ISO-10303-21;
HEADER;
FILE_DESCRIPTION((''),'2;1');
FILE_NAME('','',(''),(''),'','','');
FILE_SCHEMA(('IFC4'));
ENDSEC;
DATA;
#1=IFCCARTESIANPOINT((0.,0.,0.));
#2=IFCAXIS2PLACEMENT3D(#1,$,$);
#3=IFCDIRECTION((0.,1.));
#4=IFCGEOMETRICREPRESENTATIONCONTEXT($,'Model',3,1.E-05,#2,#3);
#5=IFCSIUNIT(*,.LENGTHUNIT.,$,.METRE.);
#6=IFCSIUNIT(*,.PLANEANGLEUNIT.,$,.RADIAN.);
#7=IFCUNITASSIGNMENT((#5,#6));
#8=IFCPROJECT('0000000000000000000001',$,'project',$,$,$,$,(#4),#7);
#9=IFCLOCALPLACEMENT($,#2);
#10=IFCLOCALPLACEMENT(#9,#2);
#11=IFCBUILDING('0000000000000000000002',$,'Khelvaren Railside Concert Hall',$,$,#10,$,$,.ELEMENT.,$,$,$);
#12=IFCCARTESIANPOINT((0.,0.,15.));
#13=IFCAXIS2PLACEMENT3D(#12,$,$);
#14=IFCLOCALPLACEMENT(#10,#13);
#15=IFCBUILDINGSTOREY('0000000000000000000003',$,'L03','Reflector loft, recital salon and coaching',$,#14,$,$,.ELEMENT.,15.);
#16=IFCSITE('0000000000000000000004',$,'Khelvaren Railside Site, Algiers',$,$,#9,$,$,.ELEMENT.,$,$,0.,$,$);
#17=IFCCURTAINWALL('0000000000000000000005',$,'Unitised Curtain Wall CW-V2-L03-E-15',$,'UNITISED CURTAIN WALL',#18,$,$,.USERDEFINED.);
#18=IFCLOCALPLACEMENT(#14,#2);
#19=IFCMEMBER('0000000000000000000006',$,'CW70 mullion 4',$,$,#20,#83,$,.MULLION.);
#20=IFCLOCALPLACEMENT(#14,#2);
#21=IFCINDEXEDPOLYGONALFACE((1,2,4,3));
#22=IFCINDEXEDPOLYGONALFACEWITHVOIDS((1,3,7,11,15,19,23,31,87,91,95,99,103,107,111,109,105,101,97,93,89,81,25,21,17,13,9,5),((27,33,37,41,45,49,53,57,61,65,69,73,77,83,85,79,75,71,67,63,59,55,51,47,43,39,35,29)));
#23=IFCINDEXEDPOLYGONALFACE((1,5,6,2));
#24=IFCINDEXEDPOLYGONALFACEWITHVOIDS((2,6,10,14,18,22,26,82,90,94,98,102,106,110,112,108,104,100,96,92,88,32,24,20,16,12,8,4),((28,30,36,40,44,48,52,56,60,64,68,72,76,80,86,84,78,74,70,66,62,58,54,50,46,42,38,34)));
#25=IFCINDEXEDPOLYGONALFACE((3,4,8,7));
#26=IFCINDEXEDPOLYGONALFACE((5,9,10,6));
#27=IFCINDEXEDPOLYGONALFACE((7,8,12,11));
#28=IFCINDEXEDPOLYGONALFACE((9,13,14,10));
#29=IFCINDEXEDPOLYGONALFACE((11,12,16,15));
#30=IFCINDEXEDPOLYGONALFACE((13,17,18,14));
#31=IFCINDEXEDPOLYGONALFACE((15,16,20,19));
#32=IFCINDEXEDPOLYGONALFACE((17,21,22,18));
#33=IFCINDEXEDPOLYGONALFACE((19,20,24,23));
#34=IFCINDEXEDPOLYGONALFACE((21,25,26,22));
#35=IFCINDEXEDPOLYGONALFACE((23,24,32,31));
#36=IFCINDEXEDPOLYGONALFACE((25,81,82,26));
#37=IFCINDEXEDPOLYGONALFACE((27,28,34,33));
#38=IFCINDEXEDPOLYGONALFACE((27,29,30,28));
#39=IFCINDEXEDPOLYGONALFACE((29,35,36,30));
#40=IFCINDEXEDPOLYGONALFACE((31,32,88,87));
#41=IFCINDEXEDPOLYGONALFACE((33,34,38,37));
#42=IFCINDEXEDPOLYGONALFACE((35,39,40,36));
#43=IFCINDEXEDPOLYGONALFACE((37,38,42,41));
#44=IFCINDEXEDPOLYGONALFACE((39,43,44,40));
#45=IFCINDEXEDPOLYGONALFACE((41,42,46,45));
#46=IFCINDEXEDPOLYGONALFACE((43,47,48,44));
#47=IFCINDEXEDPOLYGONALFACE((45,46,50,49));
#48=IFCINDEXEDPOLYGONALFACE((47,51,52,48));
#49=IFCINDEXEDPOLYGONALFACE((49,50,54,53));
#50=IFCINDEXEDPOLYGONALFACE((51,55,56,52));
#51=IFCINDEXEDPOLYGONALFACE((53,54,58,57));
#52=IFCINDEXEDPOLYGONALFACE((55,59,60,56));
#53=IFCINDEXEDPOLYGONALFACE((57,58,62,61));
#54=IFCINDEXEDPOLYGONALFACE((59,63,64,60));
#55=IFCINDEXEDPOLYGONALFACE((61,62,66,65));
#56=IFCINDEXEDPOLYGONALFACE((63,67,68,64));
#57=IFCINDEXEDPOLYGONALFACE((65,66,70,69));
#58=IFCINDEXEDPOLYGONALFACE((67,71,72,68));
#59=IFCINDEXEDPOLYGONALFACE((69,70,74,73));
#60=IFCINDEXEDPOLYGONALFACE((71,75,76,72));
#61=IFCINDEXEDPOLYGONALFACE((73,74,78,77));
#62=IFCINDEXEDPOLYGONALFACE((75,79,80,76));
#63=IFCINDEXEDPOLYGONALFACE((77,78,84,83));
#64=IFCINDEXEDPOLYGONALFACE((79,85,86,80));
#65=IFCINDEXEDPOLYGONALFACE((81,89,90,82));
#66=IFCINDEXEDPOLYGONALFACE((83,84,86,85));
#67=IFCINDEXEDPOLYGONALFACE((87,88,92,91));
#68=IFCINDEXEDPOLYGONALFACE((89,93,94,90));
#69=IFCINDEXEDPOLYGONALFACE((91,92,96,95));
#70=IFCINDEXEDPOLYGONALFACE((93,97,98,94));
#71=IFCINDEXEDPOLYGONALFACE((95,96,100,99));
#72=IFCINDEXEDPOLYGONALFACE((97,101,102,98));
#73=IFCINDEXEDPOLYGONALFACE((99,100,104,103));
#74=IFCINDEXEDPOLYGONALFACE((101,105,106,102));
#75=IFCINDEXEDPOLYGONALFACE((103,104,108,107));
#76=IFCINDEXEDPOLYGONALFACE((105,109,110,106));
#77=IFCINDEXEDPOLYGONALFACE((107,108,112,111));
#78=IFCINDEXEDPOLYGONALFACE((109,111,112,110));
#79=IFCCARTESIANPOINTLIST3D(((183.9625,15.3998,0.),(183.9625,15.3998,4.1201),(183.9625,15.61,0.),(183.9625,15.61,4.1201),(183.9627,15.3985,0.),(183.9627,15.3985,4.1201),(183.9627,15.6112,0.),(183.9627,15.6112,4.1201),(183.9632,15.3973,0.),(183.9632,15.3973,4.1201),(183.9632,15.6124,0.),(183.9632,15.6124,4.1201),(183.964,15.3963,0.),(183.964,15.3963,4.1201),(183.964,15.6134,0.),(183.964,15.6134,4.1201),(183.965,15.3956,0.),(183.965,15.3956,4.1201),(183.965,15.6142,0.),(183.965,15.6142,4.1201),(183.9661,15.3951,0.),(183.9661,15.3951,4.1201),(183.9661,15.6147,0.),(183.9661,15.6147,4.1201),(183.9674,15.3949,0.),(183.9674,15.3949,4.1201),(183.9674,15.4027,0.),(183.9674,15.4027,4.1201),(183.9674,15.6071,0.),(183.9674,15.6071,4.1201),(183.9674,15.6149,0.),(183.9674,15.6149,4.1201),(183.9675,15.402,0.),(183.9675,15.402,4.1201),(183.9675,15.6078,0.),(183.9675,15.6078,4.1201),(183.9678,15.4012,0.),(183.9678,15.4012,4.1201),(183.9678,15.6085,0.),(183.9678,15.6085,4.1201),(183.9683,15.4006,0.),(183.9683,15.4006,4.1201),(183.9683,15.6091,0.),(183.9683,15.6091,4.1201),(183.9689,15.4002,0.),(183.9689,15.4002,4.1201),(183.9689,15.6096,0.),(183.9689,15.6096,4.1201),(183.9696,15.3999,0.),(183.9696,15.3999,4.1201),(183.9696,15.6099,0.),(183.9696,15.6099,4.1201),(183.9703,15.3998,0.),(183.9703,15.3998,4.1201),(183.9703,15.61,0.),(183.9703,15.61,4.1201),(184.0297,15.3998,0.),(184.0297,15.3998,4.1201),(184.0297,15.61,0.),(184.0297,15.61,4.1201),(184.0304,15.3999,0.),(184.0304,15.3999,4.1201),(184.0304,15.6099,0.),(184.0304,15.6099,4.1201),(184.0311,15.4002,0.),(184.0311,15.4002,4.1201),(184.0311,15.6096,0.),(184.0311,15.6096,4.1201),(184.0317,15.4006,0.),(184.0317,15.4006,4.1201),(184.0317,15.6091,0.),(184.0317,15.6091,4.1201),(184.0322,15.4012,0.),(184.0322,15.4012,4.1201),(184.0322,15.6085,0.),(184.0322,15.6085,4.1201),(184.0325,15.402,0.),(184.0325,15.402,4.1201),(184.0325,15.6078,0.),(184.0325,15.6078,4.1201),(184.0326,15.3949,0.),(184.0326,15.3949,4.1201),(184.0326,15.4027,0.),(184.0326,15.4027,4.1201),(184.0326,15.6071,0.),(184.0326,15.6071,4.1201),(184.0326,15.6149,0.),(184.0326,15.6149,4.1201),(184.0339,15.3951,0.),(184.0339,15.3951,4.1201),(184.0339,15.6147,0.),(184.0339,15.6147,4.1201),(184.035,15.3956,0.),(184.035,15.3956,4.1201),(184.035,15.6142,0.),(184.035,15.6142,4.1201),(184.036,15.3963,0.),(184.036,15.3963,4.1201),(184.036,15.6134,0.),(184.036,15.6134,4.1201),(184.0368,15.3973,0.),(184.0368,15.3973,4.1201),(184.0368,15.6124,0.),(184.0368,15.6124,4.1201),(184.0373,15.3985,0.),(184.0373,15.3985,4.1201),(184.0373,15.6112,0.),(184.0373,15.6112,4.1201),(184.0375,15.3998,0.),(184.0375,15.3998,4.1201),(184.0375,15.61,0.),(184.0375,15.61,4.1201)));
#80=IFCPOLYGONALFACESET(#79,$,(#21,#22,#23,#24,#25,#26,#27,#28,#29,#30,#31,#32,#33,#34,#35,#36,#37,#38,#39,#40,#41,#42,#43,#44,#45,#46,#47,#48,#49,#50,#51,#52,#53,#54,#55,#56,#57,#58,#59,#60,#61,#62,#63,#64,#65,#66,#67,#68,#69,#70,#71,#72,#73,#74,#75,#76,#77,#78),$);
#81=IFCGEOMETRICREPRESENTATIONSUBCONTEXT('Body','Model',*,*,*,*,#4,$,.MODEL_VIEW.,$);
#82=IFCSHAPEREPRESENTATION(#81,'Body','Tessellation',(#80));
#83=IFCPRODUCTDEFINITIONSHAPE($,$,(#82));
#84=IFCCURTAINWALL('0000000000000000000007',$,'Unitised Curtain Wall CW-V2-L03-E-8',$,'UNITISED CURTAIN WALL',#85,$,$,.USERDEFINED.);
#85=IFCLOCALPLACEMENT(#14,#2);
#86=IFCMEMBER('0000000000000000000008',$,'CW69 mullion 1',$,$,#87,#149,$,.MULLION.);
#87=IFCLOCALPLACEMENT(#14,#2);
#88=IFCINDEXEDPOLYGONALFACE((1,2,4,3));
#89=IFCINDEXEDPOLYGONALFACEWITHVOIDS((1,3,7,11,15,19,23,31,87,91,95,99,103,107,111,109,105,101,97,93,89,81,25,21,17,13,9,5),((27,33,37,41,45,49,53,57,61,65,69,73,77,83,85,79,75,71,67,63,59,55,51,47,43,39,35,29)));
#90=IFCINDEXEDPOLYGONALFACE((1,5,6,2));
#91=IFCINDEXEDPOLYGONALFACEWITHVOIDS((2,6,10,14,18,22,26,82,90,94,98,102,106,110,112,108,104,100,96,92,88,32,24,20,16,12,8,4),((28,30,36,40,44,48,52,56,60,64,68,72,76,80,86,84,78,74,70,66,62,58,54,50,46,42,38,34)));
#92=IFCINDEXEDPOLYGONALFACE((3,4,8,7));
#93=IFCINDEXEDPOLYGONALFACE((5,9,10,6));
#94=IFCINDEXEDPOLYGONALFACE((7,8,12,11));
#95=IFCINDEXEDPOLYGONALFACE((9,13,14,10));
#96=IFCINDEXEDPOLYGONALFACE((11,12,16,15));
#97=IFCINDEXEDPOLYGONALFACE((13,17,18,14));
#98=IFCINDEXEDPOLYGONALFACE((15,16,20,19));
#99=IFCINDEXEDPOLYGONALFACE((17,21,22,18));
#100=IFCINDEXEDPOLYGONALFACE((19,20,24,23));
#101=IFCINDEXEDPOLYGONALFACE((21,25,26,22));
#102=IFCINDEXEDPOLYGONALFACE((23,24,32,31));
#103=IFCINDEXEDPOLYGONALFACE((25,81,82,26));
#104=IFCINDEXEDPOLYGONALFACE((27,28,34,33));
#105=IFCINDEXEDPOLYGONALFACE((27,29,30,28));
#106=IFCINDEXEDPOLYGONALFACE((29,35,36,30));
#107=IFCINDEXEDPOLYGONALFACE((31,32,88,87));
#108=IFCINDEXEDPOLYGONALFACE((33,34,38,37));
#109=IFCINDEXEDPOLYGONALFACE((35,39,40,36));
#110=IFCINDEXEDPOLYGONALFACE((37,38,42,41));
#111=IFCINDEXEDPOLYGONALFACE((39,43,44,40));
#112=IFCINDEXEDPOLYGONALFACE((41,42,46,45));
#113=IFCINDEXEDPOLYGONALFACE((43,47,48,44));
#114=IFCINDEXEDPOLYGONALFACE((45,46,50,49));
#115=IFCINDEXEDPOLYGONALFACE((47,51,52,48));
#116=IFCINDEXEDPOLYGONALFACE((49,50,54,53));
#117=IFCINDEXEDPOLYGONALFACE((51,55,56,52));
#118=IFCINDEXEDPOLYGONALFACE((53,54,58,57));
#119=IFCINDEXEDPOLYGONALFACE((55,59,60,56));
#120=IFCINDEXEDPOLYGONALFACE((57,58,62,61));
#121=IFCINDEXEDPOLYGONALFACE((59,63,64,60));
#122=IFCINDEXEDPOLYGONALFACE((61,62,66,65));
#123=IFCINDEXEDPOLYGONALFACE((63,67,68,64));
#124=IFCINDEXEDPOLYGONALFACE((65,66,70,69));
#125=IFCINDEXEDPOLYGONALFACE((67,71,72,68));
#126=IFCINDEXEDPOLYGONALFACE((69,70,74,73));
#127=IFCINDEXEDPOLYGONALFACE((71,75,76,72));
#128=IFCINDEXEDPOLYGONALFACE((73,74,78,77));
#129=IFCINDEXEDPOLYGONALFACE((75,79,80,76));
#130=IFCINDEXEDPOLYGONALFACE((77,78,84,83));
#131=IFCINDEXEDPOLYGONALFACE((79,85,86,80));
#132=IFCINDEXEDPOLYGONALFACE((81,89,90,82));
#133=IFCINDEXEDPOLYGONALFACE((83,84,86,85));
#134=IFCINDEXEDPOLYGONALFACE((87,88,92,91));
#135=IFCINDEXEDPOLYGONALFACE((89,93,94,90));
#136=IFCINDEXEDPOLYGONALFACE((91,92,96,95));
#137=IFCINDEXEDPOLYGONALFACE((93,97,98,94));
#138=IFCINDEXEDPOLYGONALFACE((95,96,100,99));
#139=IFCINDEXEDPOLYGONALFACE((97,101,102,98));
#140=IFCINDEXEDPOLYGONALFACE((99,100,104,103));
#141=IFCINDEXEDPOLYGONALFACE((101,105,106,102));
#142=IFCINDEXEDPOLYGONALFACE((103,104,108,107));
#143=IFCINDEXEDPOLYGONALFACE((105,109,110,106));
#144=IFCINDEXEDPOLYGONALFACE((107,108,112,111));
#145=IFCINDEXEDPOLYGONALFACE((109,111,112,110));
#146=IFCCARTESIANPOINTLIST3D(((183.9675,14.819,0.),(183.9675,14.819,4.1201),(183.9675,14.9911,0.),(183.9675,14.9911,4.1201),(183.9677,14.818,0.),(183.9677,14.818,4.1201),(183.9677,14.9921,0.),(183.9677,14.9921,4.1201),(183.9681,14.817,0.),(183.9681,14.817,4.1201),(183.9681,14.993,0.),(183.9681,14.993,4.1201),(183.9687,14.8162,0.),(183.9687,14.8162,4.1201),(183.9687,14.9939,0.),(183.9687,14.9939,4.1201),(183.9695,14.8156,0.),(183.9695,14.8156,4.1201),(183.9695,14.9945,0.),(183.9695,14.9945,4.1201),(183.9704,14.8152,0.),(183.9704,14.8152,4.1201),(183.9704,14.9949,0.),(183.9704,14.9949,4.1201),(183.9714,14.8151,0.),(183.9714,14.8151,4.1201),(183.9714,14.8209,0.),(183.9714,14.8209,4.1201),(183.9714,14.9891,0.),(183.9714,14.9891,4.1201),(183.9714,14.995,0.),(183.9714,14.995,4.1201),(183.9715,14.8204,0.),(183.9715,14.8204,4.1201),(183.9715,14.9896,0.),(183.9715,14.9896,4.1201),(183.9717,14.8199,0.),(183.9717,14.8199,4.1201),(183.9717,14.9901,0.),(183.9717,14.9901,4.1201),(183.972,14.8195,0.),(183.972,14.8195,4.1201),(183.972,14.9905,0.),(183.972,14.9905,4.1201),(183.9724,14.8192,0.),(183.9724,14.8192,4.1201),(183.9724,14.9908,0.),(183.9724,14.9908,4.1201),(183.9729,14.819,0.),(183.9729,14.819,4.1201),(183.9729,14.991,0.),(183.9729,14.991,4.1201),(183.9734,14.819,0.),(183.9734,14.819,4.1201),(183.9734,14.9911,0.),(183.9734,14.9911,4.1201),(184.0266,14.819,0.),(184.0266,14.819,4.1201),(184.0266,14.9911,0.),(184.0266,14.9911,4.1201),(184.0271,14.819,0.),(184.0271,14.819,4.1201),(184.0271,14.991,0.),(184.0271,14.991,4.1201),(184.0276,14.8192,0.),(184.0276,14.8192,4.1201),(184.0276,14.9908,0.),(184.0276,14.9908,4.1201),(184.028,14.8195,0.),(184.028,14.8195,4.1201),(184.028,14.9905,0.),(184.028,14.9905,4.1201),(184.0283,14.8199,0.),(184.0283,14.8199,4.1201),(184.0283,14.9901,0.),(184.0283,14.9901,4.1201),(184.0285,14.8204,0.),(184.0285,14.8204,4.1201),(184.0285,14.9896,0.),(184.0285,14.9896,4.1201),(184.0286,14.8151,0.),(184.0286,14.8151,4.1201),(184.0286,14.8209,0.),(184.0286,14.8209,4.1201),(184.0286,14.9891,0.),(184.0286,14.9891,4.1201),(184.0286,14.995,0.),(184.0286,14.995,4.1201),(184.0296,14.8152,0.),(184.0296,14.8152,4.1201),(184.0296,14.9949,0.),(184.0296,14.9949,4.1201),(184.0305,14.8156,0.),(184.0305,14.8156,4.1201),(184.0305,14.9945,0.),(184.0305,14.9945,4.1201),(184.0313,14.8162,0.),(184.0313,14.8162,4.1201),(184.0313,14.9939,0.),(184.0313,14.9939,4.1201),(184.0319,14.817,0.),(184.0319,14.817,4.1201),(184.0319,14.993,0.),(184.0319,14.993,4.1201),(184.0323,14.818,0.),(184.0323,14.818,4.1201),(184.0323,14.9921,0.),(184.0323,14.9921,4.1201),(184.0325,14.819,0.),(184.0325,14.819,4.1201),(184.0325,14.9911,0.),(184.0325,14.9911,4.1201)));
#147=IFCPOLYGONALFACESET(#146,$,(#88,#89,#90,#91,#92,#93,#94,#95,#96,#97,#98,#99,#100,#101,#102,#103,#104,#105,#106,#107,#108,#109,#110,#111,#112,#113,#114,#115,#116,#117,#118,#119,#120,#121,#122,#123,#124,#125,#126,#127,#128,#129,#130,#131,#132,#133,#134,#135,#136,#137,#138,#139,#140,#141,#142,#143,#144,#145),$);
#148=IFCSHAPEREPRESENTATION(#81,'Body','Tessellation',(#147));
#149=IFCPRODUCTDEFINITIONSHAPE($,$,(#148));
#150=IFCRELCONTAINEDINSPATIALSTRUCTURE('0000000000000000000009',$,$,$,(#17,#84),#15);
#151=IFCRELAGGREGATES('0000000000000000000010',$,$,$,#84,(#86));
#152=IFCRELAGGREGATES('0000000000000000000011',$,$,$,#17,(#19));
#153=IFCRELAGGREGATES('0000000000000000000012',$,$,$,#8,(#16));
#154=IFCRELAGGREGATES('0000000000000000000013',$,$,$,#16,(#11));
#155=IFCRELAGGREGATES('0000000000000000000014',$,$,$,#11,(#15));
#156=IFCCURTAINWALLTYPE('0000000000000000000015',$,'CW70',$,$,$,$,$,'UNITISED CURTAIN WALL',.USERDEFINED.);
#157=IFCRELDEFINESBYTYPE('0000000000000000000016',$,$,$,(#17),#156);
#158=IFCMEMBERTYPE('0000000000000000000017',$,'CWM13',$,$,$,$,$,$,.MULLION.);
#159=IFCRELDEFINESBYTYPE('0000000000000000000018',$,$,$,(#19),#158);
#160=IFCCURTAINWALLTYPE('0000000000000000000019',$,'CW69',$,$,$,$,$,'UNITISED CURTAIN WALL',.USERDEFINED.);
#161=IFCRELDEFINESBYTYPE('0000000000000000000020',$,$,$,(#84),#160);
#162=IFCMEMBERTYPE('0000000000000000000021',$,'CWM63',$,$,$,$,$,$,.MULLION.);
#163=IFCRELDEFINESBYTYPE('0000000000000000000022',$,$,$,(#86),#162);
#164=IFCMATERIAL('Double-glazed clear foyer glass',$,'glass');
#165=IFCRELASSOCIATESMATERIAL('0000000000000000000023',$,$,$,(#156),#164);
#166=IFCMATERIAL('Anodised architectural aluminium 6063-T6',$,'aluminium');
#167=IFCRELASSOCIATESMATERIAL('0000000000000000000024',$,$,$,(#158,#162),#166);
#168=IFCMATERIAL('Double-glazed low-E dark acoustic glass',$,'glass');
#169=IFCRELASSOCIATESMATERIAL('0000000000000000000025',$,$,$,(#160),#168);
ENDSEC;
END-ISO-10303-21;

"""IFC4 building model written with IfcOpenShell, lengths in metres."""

from ifc_helpers import new_model, si_unit, direction, frame, origin, origin_2d, place, context, subcontext, project, spatial, hollow_rectangle, extrude, material, material_profile, profile_set, type_object, element, aggregate, save


model = new_model("IFC4")

# Units and contexts
model_context = context("Model", 3, precision=1e-05, world=origin(), true_north=direction((0.0, 1.0)))
body_context = subcontext(model_context, "Body", "Model", "MODEL_VIEW")
ifc_project = project(units=[si_unit("LENGTHUNIT", "METRE"), si_unit("PLANEANGLEUNIT", "RADIAN")], contexts=[model_context])

# Site, building, storey
site_placement = place(None, origin())
site = spatial("IfcSite", under=ifc_project, at=site_placement, Name="Khelvaren Railside Site, Algiers", CompositionType="ELEMENT", RefElevation=0.0)
building_placement = place(site_placement, origin())
building = spatial("IfcBuilding", under=site, at=building_placement, Name="Khelvaren Railside Concert Hall", CompositionType="ELEMENT")
storey_placement = place(building_placement, frame((0.0, 0.0, 15.0)))
storey = spatial("IfcBuildingStorey", under=building, at=storey_placement, Name="L03", Description="Reflector loft, recital salon and coaching", CompositionType="ELEMENT", Elevation=15.0)

# Curtain wall, member
ifc_material_1 = material(Name="Double-glazed clear foyer glass", Category="glass")
curtain_wall_type_1 = type_object("IfcCurtainWallType", Name="CW70", ElementType="UNITISED CURTAIN WALL", PredefinedType="USERDEFINED", material=ifc_material_1)
curtain_wall_1_placement = place(storey_placement, origin())
curtain_wall_1 = element("IfcCurtainWall", 1, at=curtain_wall_1_placement, inside=storey, type_object=curtain_wall_type_1, Name="Unitised Curtain Wall CW-V2-L03-E-15", ObjectType="UNITISED CURTAIN WALL", PredefinedType="USERDEFINED")
ifc_material_2 = material(Name="Anodised architectural aluminium 6063-T6", Category="aluminium")
ifc_material_profile_1 = material_profile(ifc_material_2, hollow_rectangle(XDim=0.075, YDim=0.22, WallThickness=0.0049, InnerFilletRadius=0.0029, OuterFilletRadius=0.0049, at=origin_2d()), Name="CWM 75x220x5")
ifc_profile_set_1 = profile_set([ifc_material_profile_1], Name="Anodised architectural aluminium 6063-T6")
member_type_1 = type_object("IfcMemberType", Name="CWM13", PredefinedType="MULLION", material=ifc_profile_set_1)
member_1_placement = place(storey_placement, frame((184.0, 15.5049, 0.0), z_axis=(0.0, 0.0, 1.0), x_axis=(1.0, 0.0, 0.0)))
member_1 = element("IfcMember", 2, at=member_1_placement, type_object=member_type_1, Name="CW70 mullion 4", PredefinedType="MULLION", context=body_context, shape_type="SweptSolid", body=[
    extrude(hollow_rectangle(XDim=0.075, YDim=0.22, WallThickness=0.0049, InnerFilletRadius=0.0029, OuterFilletRadius=0.0049, at=origin_2d()), origin(), (0.0, 0.0, 1.0), 4.1201),
])

# Curtain wall, member
ifc_material_3 = material(Name="Double-glazed low-E dark acoustic glass", Category="glass")
curtain_wall_type_2 = type_object("IfcCurtainWallType", Name="CW69", ElementType="UNITISED CURTAIN WALL", PredefinedType="USERDEFINED", material=ifc_material_3)
curtain_wall_2_placement = place(storey_placement, origin())
curtain_wall_2 = element("IfcCurtainWall", 3, at=curtain_wall_2_placement, inside=storey, type_object=curtain_wall_type_2, Name="Unitised Curtain Wall CW-V2-L03-E-8", ObjectType="UNITISED CURTAIN WALL", PredefinedType="USERDEFINED")
ifc_material_profile_2 = material_profile(ifc_material_2, hollow_rectangle(XDim=0.0649, YDim=0.1799, WallThickness=0.0039, InnerFilletRadius=0.002, OuterFilletRadius=0.0039, at=origin_2d()), Name="CWM 65x180x4")
ifc_profile_set_2 = profile_set([ifc_material_profile_2], Name="Anodised architectural aluminium 6063-T6")
member_type_2 = type_object("IfcMemberType", Name="CWM63", PredefinedType="MULLION", material=ifc_profile_set_2)
member_2_placement = place(storey_placement, frame((184.0, 14.905, 0.0), z_axis=(0.0, 0.0, 1.0), x_axis=(1.0, 0.0, 0.0)))
member_2 = element("IfcMember", 4, at=member_2_placement, type_object=member_type_2, Name="CW69 mullion 1", PredefinedType="MULLION", context=body_context, shape_type="SweptSolid", body=[
    extrude(hollow_rectangle(XDim=0.0649, YDim=0.1799, WallThickness=0.0039, InnerFilletRadius=0.002, OuterFilletRadius=0.0039, at=origin_2d()), origin(), (0.0, 0.0, 1.0), 4.1201),
])
aggregate(curtain_wall_2, [member_2])

aggregate(curtain_wall_1, [member_1])

save(model, "model.ifc")
